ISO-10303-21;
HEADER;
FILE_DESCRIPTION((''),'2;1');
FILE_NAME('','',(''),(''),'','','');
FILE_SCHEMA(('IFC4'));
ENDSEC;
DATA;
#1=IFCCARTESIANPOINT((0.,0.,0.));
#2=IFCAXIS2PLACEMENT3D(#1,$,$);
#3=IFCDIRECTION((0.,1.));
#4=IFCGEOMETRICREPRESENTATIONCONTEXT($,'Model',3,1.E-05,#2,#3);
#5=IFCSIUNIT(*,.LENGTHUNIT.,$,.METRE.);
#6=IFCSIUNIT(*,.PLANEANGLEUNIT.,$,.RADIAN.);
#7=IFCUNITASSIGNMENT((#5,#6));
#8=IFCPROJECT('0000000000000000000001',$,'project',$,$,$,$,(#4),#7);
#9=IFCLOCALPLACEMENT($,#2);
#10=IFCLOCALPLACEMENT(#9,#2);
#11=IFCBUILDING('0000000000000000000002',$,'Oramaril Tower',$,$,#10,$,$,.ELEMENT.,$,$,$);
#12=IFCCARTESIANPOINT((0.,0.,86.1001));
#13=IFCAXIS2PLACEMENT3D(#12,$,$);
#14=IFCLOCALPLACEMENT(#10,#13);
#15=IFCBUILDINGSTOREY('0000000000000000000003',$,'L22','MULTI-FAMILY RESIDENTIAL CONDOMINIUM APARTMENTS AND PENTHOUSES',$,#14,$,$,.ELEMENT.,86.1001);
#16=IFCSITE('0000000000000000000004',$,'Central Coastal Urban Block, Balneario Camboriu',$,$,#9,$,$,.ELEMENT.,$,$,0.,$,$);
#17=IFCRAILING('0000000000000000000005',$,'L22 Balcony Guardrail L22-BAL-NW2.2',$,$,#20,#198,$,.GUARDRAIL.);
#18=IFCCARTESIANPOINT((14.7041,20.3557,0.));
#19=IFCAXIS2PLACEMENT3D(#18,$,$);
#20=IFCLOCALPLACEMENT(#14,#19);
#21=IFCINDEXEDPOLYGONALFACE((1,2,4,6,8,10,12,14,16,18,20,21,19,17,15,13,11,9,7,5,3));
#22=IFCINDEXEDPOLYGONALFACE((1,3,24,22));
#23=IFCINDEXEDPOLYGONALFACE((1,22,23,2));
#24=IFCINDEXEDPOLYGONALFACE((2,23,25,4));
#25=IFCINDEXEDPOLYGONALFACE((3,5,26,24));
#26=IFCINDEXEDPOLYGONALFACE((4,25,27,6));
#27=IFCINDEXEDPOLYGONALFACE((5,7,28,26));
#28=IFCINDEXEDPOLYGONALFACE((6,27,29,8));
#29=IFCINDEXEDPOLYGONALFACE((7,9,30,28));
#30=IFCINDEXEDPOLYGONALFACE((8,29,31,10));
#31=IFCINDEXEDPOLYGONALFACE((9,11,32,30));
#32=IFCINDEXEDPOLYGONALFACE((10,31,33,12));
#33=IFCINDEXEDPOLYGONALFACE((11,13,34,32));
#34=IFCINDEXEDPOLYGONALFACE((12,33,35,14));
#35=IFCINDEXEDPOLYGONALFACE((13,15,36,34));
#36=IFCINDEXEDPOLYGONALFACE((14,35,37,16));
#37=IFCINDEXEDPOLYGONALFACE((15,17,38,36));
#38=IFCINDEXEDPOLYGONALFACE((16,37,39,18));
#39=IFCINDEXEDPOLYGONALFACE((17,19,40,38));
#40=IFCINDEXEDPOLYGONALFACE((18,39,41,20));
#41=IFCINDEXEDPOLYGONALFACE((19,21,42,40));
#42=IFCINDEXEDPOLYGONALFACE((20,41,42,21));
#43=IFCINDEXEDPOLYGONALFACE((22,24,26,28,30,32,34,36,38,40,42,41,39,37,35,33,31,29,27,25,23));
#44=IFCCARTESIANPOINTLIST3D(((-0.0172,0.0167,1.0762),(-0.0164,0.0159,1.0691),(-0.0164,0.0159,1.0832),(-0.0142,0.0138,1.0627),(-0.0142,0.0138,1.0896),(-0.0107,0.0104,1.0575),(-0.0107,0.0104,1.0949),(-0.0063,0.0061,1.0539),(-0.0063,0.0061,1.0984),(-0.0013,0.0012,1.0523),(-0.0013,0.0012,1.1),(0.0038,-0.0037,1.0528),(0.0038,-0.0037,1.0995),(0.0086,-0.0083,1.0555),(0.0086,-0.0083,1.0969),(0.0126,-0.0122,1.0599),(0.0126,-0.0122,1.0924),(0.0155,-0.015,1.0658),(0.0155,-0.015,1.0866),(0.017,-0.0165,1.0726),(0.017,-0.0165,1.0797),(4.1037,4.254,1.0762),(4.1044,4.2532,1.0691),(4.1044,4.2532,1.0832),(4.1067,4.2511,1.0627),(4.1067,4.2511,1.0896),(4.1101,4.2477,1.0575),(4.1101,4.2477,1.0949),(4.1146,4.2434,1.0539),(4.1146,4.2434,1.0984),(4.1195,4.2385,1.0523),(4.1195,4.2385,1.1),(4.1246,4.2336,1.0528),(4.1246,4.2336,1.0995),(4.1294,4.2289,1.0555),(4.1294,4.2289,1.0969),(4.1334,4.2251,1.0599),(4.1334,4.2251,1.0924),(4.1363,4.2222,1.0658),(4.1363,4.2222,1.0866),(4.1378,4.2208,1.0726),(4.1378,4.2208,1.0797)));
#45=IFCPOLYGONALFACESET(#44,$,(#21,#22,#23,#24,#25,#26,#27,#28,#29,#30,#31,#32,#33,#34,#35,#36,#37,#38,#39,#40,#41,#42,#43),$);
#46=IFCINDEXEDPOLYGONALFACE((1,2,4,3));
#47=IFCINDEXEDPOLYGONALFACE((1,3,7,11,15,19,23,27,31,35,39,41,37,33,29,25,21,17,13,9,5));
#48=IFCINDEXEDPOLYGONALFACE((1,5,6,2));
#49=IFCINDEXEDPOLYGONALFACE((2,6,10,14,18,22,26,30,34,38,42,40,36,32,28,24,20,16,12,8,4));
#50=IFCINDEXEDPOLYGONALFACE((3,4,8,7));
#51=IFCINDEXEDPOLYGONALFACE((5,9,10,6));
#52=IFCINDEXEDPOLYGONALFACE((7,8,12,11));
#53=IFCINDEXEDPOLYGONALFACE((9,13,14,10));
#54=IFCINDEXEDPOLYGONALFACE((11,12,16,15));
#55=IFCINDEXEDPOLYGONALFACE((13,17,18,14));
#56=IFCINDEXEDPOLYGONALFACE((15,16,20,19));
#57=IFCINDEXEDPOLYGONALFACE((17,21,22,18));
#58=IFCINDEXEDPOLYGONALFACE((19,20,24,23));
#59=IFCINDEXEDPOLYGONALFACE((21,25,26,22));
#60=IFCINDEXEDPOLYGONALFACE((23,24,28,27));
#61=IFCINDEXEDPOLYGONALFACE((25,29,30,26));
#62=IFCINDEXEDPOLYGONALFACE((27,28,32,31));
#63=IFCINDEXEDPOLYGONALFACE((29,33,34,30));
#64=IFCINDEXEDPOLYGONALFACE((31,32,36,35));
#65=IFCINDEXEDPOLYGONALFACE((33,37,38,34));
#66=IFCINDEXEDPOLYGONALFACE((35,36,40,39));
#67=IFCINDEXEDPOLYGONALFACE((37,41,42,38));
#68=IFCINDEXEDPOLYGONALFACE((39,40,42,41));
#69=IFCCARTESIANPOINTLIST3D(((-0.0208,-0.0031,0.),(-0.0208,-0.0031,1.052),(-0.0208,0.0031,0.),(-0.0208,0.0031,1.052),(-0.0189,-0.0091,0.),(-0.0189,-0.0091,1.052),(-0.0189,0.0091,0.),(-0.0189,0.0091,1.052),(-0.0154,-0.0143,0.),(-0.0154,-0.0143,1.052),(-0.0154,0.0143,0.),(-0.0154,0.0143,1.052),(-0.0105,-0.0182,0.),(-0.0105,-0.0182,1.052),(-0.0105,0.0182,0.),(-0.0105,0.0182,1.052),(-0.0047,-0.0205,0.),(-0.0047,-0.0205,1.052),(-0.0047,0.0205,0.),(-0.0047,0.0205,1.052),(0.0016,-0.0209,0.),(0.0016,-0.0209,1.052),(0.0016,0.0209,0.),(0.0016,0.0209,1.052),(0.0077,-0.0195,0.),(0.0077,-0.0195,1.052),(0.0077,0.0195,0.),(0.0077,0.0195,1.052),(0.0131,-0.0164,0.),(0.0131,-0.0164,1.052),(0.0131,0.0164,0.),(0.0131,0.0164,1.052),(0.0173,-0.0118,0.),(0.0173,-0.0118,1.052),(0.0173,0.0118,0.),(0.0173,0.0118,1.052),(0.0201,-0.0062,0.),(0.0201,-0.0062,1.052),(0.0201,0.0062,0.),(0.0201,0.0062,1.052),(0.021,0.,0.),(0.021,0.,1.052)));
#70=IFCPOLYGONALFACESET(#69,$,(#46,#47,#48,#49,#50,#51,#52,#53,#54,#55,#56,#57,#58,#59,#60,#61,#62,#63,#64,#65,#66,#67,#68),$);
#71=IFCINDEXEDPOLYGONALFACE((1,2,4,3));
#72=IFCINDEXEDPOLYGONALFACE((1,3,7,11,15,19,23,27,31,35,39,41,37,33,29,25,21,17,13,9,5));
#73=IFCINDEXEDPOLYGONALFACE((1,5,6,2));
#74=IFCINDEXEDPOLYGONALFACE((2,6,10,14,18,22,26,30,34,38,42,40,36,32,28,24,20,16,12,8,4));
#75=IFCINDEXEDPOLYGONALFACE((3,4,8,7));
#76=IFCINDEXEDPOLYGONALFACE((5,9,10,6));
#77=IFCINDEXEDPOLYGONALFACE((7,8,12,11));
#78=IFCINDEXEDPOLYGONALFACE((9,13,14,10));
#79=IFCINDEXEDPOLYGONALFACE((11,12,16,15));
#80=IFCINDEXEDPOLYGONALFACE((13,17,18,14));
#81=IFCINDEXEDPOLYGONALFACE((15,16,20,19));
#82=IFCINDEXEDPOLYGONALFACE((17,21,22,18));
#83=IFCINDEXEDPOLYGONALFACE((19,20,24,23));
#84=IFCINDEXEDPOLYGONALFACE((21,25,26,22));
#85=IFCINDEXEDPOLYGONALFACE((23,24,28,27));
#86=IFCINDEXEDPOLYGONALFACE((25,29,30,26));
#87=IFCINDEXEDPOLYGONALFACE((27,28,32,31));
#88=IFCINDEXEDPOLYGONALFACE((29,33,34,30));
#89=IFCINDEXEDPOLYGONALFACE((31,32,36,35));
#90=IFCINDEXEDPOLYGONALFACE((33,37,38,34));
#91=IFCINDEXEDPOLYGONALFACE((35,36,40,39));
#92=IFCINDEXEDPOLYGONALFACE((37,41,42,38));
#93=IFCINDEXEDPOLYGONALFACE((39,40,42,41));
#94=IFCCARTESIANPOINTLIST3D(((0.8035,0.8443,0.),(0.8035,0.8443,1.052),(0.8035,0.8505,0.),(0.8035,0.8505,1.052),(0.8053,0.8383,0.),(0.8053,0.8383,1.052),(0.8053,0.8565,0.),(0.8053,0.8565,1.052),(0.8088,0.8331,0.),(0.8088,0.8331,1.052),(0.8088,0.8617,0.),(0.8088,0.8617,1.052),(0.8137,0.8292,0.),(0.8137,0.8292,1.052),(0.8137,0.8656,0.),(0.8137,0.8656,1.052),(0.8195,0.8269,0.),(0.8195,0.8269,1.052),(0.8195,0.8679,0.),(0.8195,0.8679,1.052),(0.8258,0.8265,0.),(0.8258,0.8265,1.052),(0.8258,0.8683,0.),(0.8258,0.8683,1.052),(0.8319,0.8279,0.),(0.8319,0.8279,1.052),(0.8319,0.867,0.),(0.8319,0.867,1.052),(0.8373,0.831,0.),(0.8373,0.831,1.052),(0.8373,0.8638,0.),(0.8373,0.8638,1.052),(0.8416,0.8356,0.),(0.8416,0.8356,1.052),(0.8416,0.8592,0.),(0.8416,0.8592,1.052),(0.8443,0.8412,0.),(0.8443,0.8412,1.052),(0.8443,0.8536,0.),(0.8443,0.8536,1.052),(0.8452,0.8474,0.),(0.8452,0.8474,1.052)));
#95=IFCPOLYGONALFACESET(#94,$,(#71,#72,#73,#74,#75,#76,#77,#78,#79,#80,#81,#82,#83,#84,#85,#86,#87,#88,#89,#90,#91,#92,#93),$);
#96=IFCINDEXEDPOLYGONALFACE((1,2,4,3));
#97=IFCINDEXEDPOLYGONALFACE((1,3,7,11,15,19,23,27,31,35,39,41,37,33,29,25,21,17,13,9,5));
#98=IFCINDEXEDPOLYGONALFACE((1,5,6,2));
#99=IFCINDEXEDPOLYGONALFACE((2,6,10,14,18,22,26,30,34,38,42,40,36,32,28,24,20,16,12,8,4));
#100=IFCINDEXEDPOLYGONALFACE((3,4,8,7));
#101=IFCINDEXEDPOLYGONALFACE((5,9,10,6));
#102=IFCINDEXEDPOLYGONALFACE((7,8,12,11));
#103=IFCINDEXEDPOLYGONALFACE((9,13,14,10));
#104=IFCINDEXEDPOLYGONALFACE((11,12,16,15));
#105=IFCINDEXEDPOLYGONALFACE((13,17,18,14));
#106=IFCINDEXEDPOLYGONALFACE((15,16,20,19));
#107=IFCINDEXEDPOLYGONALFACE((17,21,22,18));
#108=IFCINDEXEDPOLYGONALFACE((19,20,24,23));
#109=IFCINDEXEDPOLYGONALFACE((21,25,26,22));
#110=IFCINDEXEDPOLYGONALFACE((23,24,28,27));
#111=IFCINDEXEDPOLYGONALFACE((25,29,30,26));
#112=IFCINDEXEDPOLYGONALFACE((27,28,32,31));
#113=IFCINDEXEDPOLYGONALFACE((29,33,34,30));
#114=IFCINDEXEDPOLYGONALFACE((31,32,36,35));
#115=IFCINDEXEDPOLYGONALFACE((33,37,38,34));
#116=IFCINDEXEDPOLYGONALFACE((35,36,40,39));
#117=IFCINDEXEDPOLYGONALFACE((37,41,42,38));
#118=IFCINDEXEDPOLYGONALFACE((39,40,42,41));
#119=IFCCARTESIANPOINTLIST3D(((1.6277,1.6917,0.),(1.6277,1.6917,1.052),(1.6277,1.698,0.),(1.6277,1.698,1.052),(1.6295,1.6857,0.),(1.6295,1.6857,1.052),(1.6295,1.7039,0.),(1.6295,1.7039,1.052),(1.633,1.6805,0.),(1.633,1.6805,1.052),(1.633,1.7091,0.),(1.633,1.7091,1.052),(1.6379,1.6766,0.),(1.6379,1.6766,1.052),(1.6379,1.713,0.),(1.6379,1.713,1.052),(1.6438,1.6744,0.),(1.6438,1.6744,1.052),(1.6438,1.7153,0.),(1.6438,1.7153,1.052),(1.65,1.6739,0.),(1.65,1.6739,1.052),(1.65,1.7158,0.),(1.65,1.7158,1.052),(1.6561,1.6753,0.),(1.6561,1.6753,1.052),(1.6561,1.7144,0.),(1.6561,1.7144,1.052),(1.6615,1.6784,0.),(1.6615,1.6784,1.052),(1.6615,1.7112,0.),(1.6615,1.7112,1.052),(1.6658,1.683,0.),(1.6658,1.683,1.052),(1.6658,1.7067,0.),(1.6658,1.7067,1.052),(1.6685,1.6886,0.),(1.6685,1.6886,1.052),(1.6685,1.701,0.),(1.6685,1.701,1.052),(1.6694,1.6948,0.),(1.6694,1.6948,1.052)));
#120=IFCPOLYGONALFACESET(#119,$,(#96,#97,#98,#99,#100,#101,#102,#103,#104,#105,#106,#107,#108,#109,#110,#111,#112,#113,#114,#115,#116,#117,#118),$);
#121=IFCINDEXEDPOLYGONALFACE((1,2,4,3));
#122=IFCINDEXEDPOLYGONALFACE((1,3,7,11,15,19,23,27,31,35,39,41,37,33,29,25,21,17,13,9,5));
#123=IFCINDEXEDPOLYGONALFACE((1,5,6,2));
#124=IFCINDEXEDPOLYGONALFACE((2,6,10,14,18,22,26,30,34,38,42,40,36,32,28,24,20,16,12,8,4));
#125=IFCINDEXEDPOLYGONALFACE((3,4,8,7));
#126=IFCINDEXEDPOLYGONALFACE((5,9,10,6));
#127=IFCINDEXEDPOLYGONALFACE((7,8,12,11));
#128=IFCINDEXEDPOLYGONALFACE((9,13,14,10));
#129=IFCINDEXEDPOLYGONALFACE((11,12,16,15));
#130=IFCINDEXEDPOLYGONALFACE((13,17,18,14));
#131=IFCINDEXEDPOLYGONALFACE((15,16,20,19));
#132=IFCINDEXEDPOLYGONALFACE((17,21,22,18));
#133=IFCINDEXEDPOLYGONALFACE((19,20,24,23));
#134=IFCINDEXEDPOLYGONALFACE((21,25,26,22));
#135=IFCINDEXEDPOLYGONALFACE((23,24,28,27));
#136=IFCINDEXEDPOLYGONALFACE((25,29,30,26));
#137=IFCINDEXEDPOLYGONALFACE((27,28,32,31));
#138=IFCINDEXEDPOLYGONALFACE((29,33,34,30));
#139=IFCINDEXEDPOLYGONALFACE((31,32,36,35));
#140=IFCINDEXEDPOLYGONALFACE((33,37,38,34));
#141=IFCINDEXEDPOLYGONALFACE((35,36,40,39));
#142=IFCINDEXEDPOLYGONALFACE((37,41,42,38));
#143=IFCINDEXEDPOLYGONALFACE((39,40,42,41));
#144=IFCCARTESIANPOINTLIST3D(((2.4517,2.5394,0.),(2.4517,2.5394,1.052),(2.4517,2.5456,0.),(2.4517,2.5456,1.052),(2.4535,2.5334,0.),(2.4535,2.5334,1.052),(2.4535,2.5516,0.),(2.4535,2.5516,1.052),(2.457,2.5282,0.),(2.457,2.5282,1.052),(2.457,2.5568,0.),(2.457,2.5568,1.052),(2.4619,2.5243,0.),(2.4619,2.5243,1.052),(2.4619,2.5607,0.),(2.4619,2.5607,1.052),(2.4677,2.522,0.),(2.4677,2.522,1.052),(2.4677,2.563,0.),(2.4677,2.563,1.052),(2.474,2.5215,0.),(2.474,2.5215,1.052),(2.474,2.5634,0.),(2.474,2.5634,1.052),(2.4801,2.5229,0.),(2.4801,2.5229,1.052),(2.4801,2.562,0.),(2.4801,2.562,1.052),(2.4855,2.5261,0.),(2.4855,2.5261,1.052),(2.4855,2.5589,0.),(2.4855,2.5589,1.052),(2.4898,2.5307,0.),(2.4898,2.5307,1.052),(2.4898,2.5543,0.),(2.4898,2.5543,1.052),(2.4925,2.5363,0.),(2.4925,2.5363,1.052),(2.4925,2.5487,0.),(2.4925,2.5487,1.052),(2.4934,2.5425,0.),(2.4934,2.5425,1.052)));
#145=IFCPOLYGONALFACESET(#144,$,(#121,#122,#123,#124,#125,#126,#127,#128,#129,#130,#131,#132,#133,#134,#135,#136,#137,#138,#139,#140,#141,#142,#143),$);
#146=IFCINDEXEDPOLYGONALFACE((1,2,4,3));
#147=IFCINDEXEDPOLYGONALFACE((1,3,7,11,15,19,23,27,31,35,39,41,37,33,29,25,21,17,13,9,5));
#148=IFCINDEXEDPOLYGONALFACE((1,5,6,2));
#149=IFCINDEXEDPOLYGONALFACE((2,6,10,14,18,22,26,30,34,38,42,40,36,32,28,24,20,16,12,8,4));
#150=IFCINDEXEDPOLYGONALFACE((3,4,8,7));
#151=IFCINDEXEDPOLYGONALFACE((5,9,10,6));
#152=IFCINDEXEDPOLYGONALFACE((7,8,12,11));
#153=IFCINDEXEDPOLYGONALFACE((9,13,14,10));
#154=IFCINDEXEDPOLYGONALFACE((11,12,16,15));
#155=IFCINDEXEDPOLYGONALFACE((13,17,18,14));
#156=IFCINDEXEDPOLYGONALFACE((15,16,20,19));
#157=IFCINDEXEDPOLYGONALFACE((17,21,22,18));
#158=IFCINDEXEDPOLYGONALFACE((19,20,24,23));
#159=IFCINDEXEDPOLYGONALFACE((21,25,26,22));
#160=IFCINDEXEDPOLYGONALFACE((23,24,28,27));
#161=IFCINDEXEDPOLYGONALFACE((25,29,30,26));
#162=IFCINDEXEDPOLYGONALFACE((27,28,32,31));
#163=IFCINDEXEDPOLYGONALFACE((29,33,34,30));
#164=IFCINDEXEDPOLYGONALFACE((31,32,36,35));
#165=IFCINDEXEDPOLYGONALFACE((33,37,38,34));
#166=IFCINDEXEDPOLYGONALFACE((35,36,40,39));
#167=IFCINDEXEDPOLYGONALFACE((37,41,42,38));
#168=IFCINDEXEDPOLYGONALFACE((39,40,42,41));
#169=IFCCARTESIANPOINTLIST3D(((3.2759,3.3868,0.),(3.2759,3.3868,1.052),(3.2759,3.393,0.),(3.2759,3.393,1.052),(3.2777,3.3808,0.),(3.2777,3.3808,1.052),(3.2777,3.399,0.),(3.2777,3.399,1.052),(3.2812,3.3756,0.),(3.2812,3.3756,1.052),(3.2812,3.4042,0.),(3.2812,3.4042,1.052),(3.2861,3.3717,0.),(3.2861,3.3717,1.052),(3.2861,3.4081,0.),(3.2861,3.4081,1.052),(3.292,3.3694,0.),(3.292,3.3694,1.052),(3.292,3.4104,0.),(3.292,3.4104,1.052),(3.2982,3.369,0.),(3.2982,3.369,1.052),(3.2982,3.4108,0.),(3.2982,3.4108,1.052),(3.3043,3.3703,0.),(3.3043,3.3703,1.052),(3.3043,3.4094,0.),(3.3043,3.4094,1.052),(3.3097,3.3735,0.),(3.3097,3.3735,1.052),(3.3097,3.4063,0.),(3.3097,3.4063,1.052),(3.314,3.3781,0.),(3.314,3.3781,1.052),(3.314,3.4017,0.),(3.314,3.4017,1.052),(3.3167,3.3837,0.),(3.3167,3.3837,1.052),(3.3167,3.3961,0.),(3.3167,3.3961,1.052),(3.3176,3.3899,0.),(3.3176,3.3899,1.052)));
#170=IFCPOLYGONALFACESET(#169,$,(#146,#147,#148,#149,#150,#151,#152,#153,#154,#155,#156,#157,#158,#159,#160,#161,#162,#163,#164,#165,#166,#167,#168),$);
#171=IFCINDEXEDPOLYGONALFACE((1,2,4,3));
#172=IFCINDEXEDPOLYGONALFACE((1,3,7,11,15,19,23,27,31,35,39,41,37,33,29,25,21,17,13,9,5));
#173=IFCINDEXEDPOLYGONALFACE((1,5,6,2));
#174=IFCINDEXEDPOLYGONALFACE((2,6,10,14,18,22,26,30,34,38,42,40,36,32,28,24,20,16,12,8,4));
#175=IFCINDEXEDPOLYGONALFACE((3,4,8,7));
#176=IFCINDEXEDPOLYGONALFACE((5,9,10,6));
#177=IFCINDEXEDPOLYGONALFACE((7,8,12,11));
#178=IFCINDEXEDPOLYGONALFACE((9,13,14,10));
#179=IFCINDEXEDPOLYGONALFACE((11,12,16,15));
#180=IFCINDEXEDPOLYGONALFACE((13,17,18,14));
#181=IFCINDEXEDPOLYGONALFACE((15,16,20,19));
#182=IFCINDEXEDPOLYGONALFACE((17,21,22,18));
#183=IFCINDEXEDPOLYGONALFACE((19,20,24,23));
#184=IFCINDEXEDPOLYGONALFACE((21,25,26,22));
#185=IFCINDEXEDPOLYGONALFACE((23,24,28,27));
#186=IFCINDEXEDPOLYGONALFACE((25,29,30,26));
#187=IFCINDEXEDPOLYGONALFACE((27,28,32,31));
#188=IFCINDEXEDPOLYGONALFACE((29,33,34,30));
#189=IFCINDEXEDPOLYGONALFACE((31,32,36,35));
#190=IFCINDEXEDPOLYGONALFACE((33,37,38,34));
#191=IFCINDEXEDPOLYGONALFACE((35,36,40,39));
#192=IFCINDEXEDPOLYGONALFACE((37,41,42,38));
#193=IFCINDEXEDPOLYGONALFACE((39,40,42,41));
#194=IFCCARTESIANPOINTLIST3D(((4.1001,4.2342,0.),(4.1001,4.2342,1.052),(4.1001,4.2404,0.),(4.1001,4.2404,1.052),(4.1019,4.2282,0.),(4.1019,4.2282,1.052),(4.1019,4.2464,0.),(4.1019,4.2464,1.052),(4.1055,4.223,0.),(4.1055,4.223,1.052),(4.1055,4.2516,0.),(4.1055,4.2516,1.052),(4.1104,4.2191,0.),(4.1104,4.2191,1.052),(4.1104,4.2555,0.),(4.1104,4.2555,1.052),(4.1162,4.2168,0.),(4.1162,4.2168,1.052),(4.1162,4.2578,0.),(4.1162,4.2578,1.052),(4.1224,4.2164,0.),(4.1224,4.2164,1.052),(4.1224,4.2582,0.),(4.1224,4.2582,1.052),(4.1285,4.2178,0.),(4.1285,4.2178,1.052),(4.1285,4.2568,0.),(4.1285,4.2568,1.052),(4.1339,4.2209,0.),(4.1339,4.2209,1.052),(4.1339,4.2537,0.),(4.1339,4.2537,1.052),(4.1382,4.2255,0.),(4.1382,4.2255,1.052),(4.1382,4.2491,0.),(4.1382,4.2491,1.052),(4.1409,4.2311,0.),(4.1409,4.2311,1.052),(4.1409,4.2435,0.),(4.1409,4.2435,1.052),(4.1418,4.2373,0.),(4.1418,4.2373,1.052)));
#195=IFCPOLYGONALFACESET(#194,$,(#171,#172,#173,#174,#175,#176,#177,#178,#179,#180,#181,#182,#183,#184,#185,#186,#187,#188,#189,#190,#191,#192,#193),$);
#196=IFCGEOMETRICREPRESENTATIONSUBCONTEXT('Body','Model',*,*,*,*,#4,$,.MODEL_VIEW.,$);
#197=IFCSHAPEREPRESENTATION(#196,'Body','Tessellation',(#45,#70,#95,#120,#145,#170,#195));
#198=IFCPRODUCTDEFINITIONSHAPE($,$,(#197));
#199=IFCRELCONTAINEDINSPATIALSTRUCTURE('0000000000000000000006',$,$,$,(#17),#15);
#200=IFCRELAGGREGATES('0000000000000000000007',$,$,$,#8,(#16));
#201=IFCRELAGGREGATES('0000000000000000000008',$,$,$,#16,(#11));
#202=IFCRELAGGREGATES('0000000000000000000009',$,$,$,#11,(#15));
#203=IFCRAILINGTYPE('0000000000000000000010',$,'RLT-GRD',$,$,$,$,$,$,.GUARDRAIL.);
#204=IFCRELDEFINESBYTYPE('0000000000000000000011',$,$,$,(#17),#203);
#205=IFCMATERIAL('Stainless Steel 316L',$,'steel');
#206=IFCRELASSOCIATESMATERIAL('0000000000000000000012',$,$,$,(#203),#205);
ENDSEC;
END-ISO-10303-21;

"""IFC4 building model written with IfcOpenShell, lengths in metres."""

from ifc_helpers import new_model, si_unit, direction, frame, origin, origin_2d, place, context, subcontext, project, spatial, circle, extrude, material, type_object, element, save


model = new_model("IFC4")

# Units and contexts
model_context = context("Model", 3, precision=1e-05, world=origin(), true_north=direction((0.0, 1.0)))
body_context = subcontext(model_context, "Body", "Model", "MODEL_VIEW")
ifc_project = project(units=[si_unit("LENGTHUNIT", "METRE"), si_unit("PLANEANGLEUNIT", "RADIAN")], contexts=[model_context])

# Site, building, storey
site_placement = place(None, origin())
site = spatial("IfcSite", under=ifc_project, at=site_placement, Name="Central Coastal Urban Block, Balneario Camboriu", CompositionType="ELEMENT", RefElevation=0.0)
building_placement = place(site_placement, origin())
building = spatial("IfcBuilding", under=site, at=building_placement, Name="Oramaril Tower", CompositionType="ELEMENT")
storey_placement = place(building_placement, frame((0.0, 0.0, 86.1001)))
storey = spatial("IfcBuildingStorey", under=building, at=storey_placement, Name="L22", Description="MULTI-FAMILY RESIDENTIAL CONDOMINIUM APARTMENTS AND PENTHOUSES", CompositionType="ELEMENT", Elevation=86.1001)

# Railing
ifc_material_1 = material(Name="Stainless Steel 316L", Category="steel")
railing_type = type_object("IfcRailingType", Name="RLT-GRD", PredefinedType="GUARDRAIL", material=ifc_material_1)
railing_1_placement = place(storey_placement, frame((14.7041, 20.3557, 0.0)))
element("IfcRailing", 1, at=railing_1_placement, inside=storey, type_object=railing_type, Name="L22 Balcony Guardrail L22-BAL-NW2.2", PredefinedType="GUARDRAIL", context=body_context, shape_type="SweptSolid", body=[
    extrude(circle(Radius=0.0239, at=origin_2d()), frame((0.0, 0.0, 1.0762), z_axis=(0.697187, 0.716889, 0.0), x_axis=(-0.716889, 0.697187, 0.0)), (0.0, 0.0, 1.0), 5.9106),
    extrude(circle(Radius=0.021, at=origin_2d()), origin(), (0.0, 0.0, 1.0), 1.052),
    extrude(circle(Radius=0.021, at=origin_2d()), frame((0.8242, 0.8474, 0.0)), (0.0, 0.0, 1.0), 1.052),
    extrude(circle(Radius=0.021, at=origin_2d()), frame((1.6484, 1.6948, 0.0)), (0.0, 0.0, 1.0), 1.052),
    extrude(circle(Radius=0.021, at=origin_2d()), frame((2.4724, 2.5425, 0.0)), (0.0, 0.0, 1.0), 1.052),
    extrude(circle(Radius=0.021, at=origin_2d()), frame((3.2966, 3.3899, 0.0)), (0.0, 0.0, 1.0), 1.052),
    extrude(circle(Radius=0.021, at=origin_2d()), frame((4.1208, 4.2373, 0.0)), (0.0, 0.0, 1.0), 1.052),
])

save(model, "model.ifc")
